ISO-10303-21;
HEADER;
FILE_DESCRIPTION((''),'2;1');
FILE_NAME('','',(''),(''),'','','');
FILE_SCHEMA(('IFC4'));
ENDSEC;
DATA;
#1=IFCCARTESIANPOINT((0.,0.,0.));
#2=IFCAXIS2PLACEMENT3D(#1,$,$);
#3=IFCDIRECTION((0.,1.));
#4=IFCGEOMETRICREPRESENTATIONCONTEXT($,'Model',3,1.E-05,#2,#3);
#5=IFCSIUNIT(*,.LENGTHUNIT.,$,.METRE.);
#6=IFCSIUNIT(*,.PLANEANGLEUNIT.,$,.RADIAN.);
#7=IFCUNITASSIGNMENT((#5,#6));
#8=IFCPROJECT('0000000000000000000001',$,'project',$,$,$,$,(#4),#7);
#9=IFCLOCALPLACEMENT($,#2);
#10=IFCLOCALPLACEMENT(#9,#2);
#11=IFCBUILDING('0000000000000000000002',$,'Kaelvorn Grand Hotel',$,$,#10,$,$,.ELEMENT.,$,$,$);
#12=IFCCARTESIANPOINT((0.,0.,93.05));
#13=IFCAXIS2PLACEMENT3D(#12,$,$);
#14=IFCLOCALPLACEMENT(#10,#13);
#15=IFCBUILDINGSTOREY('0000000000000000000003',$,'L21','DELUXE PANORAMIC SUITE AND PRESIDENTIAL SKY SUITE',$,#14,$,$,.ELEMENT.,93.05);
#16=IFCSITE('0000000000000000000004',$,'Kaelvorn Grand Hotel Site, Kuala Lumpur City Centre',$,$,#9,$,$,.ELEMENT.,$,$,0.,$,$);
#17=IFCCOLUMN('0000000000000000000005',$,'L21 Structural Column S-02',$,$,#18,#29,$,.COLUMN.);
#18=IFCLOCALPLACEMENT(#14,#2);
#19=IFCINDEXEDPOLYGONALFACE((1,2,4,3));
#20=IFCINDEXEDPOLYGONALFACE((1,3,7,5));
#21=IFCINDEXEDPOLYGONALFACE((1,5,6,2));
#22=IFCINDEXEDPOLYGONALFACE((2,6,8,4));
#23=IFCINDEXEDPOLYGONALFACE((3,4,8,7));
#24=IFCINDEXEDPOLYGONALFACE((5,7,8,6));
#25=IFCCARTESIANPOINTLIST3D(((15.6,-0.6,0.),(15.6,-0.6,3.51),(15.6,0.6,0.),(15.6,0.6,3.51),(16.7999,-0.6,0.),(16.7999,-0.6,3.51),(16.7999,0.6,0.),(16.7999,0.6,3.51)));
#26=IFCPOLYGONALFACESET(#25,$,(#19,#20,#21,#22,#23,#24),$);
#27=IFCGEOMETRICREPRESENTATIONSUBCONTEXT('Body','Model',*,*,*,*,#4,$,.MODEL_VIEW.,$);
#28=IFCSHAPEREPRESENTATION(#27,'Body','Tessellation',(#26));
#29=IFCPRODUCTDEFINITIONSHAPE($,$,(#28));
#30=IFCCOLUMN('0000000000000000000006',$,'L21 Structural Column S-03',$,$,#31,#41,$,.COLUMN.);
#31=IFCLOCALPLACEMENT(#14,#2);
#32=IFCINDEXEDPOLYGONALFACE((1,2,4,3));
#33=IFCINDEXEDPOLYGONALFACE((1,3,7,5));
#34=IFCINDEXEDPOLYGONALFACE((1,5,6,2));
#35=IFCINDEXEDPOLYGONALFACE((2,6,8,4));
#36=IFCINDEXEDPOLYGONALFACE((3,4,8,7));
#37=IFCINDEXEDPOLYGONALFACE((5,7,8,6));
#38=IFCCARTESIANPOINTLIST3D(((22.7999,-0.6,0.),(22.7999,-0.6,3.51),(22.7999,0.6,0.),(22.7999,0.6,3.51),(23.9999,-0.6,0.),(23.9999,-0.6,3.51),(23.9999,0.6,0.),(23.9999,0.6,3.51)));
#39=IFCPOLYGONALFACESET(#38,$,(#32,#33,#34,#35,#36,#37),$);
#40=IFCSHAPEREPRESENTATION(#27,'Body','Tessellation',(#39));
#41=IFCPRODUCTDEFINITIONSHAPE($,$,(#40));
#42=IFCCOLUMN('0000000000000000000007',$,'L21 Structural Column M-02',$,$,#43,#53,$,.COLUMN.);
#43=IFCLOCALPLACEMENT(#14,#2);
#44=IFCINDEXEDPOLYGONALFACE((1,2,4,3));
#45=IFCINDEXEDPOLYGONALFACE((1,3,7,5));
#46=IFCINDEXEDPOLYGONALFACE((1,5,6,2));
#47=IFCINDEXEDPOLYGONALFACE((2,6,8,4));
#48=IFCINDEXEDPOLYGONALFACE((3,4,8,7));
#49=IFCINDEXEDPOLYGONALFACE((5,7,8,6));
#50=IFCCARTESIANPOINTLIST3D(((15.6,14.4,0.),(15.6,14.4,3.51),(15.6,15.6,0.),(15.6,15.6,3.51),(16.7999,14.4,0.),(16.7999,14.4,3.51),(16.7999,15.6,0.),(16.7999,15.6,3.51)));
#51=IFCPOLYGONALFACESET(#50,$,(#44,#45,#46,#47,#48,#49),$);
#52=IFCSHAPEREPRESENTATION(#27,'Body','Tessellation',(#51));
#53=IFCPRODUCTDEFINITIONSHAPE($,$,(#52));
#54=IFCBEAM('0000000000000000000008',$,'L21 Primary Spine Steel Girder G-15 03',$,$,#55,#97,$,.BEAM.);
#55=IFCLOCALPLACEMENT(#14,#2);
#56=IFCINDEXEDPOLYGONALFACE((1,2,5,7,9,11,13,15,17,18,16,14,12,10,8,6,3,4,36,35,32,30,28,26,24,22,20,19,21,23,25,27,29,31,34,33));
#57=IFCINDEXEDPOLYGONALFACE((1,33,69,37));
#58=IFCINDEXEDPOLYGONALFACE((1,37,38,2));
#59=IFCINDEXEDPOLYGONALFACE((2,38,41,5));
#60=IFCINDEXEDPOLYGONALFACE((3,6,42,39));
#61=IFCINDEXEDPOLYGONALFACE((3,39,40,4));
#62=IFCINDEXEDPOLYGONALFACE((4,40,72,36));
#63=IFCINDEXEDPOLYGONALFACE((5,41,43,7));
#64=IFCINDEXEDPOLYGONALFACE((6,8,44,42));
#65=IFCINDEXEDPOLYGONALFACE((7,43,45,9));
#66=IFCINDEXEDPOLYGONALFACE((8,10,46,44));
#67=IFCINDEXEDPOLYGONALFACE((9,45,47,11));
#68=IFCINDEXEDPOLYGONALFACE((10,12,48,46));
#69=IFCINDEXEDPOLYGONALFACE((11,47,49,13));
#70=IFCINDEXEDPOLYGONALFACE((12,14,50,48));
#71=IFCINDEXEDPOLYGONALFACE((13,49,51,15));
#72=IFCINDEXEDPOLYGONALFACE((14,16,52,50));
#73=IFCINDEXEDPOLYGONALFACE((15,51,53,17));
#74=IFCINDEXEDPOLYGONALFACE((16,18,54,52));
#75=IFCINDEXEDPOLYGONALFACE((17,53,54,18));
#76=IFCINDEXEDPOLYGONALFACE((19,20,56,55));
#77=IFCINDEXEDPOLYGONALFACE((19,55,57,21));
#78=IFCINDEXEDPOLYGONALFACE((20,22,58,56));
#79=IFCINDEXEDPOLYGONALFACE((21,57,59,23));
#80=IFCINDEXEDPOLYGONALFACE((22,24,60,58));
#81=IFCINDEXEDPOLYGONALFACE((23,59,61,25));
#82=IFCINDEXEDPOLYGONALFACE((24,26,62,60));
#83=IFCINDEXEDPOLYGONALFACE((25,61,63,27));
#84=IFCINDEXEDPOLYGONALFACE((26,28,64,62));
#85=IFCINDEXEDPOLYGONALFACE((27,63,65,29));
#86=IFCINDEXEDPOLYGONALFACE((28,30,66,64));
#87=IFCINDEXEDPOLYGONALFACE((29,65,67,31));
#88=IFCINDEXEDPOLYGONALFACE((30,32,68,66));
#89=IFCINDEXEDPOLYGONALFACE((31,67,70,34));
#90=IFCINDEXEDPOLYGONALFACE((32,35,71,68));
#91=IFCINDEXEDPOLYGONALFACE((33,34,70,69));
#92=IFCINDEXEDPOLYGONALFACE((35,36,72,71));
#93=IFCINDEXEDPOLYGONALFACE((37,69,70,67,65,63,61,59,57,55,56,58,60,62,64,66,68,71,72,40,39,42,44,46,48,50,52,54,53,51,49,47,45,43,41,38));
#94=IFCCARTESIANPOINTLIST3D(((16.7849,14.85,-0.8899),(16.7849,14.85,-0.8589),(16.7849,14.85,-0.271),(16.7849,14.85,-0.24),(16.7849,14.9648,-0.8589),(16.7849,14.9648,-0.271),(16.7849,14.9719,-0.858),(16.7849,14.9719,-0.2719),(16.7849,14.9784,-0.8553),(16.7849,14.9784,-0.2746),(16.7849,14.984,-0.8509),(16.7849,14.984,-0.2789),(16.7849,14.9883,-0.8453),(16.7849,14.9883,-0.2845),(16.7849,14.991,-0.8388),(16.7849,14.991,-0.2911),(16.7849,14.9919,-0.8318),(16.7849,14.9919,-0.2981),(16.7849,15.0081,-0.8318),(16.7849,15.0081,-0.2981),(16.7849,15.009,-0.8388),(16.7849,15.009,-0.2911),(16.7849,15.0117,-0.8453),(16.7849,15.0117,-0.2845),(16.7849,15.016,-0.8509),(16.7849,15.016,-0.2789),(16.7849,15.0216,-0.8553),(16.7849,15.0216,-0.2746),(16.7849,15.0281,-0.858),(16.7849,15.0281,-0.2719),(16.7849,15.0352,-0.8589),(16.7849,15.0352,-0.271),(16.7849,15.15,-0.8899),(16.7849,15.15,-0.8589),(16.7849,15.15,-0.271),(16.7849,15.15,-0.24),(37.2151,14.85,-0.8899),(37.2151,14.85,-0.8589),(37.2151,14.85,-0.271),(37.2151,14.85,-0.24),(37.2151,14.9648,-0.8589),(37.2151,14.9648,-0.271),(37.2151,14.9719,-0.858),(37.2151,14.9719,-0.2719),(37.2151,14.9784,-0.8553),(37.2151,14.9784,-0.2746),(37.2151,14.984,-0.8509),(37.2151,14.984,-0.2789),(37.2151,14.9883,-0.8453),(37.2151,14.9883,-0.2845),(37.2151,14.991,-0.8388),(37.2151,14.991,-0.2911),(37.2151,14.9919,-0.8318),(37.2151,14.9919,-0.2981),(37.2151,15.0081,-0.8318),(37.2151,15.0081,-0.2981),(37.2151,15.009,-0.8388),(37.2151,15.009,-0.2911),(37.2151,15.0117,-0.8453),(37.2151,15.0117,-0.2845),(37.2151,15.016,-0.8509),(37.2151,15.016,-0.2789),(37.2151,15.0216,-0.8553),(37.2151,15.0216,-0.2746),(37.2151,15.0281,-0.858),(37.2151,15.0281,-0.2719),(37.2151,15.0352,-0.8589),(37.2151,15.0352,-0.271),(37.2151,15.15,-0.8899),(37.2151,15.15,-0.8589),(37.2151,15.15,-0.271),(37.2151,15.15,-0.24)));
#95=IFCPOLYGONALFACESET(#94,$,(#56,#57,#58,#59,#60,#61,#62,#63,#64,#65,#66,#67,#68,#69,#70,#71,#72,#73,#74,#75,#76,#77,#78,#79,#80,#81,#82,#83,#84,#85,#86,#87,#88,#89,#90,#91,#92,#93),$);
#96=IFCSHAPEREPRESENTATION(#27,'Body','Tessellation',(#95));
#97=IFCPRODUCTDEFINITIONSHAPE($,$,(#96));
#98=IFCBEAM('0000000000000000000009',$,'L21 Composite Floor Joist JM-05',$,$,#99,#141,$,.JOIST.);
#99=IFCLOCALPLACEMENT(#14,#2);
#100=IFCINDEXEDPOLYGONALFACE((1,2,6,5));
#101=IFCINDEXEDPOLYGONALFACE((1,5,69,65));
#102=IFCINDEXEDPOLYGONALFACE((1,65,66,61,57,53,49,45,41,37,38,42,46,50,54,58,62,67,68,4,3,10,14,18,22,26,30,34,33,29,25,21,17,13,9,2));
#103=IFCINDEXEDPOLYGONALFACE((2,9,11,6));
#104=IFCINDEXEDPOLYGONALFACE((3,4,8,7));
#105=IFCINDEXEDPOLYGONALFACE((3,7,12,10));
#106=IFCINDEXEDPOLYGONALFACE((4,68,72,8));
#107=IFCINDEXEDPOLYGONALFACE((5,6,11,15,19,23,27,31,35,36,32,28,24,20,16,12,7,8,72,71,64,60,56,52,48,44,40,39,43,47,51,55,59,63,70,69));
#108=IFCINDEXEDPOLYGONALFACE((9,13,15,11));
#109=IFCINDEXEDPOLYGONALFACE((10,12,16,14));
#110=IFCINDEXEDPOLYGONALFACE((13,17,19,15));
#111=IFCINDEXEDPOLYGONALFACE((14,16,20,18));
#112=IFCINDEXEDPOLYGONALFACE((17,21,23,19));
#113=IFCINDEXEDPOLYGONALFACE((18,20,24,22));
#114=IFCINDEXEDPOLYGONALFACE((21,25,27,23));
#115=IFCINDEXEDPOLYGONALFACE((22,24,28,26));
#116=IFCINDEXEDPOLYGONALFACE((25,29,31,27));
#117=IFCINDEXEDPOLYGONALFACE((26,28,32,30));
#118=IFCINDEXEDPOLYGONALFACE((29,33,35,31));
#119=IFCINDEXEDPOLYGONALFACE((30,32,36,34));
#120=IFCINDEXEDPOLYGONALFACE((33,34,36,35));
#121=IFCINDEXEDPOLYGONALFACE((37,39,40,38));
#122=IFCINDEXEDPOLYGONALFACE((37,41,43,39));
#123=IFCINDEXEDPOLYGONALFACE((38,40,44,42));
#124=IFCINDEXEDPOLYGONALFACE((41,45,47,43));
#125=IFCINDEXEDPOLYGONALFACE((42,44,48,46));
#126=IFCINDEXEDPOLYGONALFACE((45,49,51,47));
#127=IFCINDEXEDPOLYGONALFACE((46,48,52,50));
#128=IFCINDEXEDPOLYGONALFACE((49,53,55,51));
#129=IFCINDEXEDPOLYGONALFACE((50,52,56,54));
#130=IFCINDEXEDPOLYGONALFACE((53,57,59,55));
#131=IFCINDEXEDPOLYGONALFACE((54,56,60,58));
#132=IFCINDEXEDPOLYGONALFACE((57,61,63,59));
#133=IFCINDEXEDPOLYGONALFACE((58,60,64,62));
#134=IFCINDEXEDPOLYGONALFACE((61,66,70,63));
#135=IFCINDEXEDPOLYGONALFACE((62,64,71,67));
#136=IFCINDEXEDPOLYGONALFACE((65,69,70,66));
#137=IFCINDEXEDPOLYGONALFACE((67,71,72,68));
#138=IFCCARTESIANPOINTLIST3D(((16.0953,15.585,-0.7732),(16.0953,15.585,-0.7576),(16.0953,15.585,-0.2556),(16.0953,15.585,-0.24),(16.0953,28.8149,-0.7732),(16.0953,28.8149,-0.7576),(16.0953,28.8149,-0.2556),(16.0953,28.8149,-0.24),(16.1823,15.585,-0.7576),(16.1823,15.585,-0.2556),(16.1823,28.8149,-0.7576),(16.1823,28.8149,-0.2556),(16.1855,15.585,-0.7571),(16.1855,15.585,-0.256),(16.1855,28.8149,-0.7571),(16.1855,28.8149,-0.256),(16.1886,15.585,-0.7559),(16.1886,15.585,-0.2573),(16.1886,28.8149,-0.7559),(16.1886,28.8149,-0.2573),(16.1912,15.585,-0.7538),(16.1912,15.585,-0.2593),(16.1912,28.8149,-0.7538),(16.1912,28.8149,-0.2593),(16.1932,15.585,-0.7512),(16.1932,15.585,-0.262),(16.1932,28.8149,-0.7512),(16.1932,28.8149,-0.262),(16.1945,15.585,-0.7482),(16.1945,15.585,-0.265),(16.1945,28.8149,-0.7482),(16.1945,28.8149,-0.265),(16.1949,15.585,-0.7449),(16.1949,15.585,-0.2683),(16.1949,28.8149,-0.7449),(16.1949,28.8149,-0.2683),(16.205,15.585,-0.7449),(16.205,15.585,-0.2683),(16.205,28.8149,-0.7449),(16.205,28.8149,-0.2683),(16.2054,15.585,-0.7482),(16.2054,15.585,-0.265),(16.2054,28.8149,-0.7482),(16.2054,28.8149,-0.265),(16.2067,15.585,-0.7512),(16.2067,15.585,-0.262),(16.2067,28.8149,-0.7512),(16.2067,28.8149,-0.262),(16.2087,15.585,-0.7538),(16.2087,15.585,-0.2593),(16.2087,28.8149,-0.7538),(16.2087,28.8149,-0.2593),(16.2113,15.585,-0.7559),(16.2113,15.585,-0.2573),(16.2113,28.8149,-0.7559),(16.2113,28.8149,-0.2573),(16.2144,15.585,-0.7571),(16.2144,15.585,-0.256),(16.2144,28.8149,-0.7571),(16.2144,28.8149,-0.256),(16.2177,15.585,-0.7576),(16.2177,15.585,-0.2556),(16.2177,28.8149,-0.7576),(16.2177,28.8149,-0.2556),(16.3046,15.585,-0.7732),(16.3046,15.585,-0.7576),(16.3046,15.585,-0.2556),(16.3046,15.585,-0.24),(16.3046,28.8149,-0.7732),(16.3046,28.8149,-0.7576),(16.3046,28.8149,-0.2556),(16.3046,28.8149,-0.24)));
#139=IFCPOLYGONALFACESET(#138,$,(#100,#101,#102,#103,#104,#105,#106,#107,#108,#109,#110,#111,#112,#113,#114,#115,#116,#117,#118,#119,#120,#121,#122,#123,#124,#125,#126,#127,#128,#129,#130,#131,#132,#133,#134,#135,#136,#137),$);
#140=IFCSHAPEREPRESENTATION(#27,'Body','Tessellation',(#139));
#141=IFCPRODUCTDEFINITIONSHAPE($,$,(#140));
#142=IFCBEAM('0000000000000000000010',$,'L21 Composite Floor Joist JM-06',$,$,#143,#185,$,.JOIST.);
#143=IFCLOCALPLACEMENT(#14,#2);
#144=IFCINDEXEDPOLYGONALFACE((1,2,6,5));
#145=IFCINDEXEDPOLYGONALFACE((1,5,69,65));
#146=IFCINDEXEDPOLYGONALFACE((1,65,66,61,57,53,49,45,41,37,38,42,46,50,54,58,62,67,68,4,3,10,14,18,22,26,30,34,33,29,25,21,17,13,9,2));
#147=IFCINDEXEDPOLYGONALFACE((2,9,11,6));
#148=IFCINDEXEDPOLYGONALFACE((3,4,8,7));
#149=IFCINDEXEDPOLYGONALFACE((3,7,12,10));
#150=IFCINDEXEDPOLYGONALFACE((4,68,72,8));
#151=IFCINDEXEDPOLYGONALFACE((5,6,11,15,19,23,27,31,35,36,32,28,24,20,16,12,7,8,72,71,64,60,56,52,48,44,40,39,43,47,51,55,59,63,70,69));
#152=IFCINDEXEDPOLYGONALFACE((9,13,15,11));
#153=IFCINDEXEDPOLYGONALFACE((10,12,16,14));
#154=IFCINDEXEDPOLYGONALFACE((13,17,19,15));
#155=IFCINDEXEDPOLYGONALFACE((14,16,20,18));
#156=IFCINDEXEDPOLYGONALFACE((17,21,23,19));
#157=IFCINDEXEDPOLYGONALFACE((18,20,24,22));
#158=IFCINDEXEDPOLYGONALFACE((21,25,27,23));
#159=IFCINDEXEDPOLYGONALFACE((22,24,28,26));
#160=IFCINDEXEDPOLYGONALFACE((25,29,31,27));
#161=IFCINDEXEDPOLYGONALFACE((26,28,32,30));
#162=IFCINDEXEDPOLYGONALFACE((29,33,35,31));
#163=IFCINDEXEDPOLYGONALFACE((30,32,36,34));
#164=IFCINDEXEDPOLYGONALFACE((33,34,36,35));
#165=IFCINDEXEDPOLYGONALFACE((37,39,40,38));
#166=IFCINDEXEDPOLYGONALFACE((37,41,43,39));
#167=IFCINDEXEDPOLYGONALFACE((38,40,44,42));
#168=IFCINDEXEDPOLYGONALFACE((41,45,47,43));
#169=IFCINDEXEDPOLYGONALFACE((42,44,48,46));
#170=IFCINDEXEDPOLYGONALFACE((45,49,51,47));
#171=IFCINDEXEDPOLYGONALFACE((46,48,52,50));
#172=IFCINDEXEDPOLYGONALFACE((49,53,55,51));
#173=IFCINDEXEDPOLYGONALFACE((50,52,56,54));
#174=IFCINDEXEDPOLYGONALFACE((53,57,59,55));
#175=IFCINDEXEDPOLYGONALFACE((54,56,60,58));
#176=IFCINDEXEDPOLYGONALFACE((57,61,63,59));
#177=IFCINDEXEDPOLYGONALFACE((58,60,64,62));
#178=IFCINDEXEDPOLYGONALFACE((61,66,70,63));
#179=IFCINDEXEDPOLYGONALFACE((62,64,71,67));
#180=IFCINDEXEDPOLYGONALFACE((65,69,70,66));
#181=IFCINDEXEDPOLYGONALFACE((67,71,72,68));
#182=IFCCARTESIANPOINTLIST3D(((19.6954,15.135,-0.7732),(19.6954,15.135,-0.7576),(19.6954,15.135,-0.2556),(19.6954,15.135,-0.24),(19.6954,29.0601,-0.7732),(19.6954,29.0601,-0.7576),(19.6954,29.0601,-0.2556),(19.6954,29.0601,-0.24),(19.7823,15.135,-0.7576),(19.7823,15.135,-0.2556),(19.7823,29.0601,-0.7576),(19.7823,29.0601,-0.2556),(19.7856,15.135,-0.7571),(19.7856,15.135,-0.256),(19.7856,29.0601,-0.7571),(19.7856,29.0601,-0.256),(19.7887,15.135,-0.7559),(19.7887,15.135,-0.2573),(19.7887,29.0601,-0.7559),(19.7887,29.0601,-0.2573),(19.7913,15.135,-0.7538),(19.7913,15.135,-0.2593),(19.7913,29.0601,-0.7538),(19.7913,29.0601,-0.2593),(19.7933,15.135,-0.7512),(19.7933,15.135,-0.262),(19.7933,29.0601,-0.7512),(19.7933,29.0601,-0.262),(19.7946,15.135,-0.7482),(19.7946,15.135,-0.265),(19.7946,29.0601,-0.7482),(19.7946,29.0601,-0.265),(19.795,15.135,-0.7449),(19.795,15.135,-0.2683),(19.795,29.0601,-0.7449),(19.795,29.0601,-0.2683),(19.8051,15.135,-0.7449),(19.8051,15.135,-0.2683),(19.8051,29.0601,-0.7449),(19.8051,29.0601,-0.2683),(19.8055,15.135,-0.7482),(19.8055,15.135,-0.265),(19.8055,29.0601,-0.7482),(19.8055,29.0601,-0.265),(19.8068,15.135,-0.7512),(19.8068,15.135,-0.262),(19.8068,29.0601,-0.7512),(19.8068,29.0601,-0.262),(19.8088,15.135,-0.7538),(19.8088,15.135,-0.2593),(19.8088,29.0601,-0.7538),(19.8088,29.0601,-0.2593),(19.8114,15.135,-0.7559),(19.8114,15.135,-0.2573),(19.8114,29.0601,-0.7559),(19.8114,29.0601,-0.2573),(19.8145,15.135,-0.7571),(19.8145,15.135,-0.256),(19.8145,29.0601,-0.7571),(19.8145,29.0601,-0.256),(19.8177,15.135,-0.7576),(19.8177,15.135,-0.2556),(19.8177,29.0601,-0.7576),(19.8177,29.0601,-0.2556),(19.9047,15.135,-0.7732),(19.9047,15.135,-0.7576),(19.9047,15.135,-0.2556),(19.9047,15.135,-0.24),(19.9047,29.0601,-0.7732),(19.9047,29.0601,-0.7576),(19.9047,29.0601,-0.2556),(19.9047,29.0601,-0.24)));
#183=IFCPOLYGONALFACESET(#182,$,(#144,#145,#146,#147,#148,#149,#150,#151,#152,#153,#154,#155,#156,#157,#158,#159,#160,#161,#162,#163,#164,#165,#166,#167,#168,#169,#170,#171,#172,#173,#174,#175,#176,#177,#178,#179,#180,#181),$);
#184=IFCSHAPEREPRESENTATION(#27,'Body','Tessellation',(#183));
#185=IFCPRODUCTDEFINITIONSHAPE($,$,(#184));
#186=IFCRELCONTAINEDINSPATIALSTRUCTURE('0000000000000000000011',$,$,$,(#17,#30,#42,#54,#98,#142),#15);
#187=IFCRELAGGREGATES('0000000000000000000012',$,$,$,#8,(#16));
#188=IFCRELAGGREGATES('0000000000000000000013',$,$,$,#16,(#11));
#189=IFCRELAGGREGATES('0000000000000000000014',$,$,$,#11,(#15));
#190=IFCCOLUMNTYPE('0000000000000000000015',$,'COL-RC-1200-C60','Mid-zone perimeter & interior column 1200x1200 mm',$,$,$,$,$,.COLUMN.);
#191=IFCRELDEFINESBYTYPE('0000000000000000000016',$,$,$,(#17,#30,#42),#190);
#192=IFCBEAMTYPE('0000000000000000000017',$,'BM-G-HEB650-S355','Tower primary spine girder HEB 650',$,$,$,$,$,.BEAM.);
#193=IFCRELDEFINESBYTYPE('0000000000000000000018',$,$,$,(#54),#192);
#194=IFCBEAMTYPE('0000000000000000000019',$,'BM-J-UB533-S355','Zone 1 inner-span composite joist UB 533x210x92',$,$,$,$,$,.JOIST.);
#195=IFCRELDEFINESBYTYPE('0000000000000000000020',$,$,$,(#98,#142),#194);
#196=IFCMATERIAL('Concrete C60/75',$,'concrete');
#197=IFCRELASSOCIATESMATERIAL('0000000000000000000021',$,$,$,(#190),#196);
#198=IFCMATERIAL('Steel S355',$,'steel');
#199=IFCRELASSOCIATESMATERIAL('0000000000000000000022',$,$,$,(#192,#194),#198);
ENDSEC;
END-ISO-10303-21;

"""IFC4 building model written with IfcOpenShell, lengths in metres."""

from ifc_helpers import new_model, si_unit, direction, frame, origin, origin_2d, place, context, subcontext, project, spatial, rectangle, i_section, extrude, material, material_profile, profile_set, type_object, element, save


model = new_model("IFC4")

# Units and contexts
model_context = context("Model", 3, precision=1e-05, world=origin(), true_north=direction((0.0, 1.0)))
body_context = subcontext(model_context, "Body", "Model", "MODEL_VIEW")
ifc_project = project(units=[si_unit("LENGTHUNIT", "METRE"), si_unit("PLANEANGLEUNIT", "RADIAN")], contexts=[model_context])

# Site, building, storey
site_placement = place(None, origin())
site = spatial("IfcSite", under=ifc_project, at=site_placement, Name="Kaelvorn Grand Hotel Site, Kuala Lumpur City Centre", CompositionType="ELEMENT", RefElevation=0.0)
building_placement = place(site_placement, origin())
building = spatial("IfcBuilding", under=site, at=building_placement, Name="Kaelvorn Grand Hotel", CompositionType="ELEMENT")
storey_placement = place(building_placement, frame((0.0, 0.0, 93.05)))
storey = spatial("IfcBuildingStorey", under=building, at=storey_placement, Name="L21", Description="DELUXE PANORAMIC SUITE AND PRESIDENTIAL SKY SUITE", CompositionType="ELEMENT", Elevation=93.05)

# Columns
ifc_material_1 = material(Name="Concrete C60/75", Category="concrete")
ifc_material_profile_1 = material_profile(ifc_material_1, rectangle(XDim=1.2, YDim=1.2, at=origin_2d()), Name="RC COL 1200x1200")
ifc_profile_set_1 = profile_set([ifc_material_profile_1], Name="Concrete C60/75")
column_type = type_object("IfcColumnType", Name="COL-RC-1200-C60", Description="Mid-zone perimeter & interior column 1200x1200 mm", PredefinedType="COLUMN", material=ifc_profile_set_1)
for number, where, z_axis, x_axis, name in (
    (1, (16.2, 0.0, 0.0), (0.0, 0.0, 1.0), (1.0, 0.0, 0.0), "L21 Structural Column S-02"),
    (2, (23.3999, 0.0, 0.0), (0.0, 0.0, 1.0), (1.0, 0.0, 0.0), "L21 Structural Column S-03"),
    (3, (16.2, 15.0, 0.0), (0.0, 0.0, 1.0), (1.0, 0.0, 0.0), "L21 Structural Column M-02"),
):
    element("IfcColumn", number, at=place(storey_placement, frame(where, z_axis=z_axis, x_axis=x_axis)), inside=storey, type_object=column_type, Name=name, PredefinedType="COLUMN", context=body_context, shape_type="SweptSolid", body=[
        extrude(rectangle(XDim=1.2, YDim=1.2, at=origin_2d()), origin(), (0.0, 0.0, 1.0), 3.51),
    ])

# Beams
ifc_material_2 = material(Name="Steel S355", Category="steel")
ifc_material_profile_2 = material_profile(ifc_material_2, i_section(OverallWidth=0.3, OverallDepth=0.6499, WebThickness=0.0161, FlangeThickness=0.031, FilletRadius=0.0271, at=origin_2d()), Name="HEB 650")
ifc_profile_set_2 = profile_set([ifc_material_profile_2], Name="Steel S355")
beam_type_1 = type_object("IfcBeamType", Name="BM-G-HEB650-S355", Description="Tower primary spine girder HEB 650", PredefinedType="BEAM", material=ifc_profile_set_2)
beam_1_placement = place(storey_placement, frame((16.7849, 15.0, -0.5649), z_axis=(1.0, 0.0, 0.0), x_axis=(0.0, 1.0, 0.0)))
element("IfcBeam", 4, at=beam_1_placement, inside=storey, type_object=beam_type_1, Name="L21 Primary Spine Steel Girder G-15 03", PredefinedType="BEAM", context=body_context, shape_type="SweptSolid", body=[
    extrude(i_section(OverallWidth=0.3, OverallDepth=0.6499, WebThickness=0.0161, FlangeThickness=0.031, FilletRadius=0.0271, at=origin_2d()), origin(), (0.0, 0.0, 1.0), 20.4302),
])
ifc_material_profile_3 = material_profile(ifc_material_2, i_section(OverallWidth=0.2092, OverallDepth=0.5332, WebThickness=0.01, FlangeThickness=0.0156, FilletRadius=0.0127, at=origin_2d()), Name="UB 533x210x92")
ifc_profile_set_3 = profile_set([ifc_material_profile_3], Name="Steel S355")
beam_type_2 = type_object("IfcBeamType", Name="BM-J-UB533-S355", Description="Zone 1 inner-span composite joist UB 533x210x92", PredefinedType="JOIST", material=ifc_profile_set_3)
beam_2_placement = place(storey_placement, frame((16.2, 15.585, -0.5066), z_axis=(0.0, 1.0, 0.0), x_axis=(-1.0, 0.0, 0.0)))
element("IfcBeam", 5, at=beam_2_placement, inside=storey, type_object=beam_type_2, Name="L21 Composite Floor Joist JM-05", PredefinedType="JOIST", context=body_context, shape_type="SweptSolid", body=[
    extrude(i_section(OverallWidth=0.2092, OverallDepth=0.5332, WebThickness=0.01, FlangeThickness=0.0156, FilletRadius=0.0127, at=origin_2d()), origin(), (0.0, 0.0, 1.0), 13.23),
])
beam_3_placement = place(storey_placement, frame((19.8, 15.135, -0.5066), z_axis=(0.0, 1.0, 0.0), x_axis=(-1.0, 0.0, 0.0)))
element("IfcBeam", 6, at=beam_3_placement, inside=storey, type_object=beam_type_2, Name="L21 Composite Floor Joist JM-06", PredefinedType="JOIST", context=body_context, shape_type="SweptSolid", body=[
    extrude(i_section(OverallWidth=0.2092, OverallDepth=0.5332, WebThickness=0.01, FlangeThickness=0.0156, FilletRadius=0.0127, at=origin_2d()), origin(), (0.0, 0.0, 1.0), 13.925),
])

save(model, "model.ifc")
